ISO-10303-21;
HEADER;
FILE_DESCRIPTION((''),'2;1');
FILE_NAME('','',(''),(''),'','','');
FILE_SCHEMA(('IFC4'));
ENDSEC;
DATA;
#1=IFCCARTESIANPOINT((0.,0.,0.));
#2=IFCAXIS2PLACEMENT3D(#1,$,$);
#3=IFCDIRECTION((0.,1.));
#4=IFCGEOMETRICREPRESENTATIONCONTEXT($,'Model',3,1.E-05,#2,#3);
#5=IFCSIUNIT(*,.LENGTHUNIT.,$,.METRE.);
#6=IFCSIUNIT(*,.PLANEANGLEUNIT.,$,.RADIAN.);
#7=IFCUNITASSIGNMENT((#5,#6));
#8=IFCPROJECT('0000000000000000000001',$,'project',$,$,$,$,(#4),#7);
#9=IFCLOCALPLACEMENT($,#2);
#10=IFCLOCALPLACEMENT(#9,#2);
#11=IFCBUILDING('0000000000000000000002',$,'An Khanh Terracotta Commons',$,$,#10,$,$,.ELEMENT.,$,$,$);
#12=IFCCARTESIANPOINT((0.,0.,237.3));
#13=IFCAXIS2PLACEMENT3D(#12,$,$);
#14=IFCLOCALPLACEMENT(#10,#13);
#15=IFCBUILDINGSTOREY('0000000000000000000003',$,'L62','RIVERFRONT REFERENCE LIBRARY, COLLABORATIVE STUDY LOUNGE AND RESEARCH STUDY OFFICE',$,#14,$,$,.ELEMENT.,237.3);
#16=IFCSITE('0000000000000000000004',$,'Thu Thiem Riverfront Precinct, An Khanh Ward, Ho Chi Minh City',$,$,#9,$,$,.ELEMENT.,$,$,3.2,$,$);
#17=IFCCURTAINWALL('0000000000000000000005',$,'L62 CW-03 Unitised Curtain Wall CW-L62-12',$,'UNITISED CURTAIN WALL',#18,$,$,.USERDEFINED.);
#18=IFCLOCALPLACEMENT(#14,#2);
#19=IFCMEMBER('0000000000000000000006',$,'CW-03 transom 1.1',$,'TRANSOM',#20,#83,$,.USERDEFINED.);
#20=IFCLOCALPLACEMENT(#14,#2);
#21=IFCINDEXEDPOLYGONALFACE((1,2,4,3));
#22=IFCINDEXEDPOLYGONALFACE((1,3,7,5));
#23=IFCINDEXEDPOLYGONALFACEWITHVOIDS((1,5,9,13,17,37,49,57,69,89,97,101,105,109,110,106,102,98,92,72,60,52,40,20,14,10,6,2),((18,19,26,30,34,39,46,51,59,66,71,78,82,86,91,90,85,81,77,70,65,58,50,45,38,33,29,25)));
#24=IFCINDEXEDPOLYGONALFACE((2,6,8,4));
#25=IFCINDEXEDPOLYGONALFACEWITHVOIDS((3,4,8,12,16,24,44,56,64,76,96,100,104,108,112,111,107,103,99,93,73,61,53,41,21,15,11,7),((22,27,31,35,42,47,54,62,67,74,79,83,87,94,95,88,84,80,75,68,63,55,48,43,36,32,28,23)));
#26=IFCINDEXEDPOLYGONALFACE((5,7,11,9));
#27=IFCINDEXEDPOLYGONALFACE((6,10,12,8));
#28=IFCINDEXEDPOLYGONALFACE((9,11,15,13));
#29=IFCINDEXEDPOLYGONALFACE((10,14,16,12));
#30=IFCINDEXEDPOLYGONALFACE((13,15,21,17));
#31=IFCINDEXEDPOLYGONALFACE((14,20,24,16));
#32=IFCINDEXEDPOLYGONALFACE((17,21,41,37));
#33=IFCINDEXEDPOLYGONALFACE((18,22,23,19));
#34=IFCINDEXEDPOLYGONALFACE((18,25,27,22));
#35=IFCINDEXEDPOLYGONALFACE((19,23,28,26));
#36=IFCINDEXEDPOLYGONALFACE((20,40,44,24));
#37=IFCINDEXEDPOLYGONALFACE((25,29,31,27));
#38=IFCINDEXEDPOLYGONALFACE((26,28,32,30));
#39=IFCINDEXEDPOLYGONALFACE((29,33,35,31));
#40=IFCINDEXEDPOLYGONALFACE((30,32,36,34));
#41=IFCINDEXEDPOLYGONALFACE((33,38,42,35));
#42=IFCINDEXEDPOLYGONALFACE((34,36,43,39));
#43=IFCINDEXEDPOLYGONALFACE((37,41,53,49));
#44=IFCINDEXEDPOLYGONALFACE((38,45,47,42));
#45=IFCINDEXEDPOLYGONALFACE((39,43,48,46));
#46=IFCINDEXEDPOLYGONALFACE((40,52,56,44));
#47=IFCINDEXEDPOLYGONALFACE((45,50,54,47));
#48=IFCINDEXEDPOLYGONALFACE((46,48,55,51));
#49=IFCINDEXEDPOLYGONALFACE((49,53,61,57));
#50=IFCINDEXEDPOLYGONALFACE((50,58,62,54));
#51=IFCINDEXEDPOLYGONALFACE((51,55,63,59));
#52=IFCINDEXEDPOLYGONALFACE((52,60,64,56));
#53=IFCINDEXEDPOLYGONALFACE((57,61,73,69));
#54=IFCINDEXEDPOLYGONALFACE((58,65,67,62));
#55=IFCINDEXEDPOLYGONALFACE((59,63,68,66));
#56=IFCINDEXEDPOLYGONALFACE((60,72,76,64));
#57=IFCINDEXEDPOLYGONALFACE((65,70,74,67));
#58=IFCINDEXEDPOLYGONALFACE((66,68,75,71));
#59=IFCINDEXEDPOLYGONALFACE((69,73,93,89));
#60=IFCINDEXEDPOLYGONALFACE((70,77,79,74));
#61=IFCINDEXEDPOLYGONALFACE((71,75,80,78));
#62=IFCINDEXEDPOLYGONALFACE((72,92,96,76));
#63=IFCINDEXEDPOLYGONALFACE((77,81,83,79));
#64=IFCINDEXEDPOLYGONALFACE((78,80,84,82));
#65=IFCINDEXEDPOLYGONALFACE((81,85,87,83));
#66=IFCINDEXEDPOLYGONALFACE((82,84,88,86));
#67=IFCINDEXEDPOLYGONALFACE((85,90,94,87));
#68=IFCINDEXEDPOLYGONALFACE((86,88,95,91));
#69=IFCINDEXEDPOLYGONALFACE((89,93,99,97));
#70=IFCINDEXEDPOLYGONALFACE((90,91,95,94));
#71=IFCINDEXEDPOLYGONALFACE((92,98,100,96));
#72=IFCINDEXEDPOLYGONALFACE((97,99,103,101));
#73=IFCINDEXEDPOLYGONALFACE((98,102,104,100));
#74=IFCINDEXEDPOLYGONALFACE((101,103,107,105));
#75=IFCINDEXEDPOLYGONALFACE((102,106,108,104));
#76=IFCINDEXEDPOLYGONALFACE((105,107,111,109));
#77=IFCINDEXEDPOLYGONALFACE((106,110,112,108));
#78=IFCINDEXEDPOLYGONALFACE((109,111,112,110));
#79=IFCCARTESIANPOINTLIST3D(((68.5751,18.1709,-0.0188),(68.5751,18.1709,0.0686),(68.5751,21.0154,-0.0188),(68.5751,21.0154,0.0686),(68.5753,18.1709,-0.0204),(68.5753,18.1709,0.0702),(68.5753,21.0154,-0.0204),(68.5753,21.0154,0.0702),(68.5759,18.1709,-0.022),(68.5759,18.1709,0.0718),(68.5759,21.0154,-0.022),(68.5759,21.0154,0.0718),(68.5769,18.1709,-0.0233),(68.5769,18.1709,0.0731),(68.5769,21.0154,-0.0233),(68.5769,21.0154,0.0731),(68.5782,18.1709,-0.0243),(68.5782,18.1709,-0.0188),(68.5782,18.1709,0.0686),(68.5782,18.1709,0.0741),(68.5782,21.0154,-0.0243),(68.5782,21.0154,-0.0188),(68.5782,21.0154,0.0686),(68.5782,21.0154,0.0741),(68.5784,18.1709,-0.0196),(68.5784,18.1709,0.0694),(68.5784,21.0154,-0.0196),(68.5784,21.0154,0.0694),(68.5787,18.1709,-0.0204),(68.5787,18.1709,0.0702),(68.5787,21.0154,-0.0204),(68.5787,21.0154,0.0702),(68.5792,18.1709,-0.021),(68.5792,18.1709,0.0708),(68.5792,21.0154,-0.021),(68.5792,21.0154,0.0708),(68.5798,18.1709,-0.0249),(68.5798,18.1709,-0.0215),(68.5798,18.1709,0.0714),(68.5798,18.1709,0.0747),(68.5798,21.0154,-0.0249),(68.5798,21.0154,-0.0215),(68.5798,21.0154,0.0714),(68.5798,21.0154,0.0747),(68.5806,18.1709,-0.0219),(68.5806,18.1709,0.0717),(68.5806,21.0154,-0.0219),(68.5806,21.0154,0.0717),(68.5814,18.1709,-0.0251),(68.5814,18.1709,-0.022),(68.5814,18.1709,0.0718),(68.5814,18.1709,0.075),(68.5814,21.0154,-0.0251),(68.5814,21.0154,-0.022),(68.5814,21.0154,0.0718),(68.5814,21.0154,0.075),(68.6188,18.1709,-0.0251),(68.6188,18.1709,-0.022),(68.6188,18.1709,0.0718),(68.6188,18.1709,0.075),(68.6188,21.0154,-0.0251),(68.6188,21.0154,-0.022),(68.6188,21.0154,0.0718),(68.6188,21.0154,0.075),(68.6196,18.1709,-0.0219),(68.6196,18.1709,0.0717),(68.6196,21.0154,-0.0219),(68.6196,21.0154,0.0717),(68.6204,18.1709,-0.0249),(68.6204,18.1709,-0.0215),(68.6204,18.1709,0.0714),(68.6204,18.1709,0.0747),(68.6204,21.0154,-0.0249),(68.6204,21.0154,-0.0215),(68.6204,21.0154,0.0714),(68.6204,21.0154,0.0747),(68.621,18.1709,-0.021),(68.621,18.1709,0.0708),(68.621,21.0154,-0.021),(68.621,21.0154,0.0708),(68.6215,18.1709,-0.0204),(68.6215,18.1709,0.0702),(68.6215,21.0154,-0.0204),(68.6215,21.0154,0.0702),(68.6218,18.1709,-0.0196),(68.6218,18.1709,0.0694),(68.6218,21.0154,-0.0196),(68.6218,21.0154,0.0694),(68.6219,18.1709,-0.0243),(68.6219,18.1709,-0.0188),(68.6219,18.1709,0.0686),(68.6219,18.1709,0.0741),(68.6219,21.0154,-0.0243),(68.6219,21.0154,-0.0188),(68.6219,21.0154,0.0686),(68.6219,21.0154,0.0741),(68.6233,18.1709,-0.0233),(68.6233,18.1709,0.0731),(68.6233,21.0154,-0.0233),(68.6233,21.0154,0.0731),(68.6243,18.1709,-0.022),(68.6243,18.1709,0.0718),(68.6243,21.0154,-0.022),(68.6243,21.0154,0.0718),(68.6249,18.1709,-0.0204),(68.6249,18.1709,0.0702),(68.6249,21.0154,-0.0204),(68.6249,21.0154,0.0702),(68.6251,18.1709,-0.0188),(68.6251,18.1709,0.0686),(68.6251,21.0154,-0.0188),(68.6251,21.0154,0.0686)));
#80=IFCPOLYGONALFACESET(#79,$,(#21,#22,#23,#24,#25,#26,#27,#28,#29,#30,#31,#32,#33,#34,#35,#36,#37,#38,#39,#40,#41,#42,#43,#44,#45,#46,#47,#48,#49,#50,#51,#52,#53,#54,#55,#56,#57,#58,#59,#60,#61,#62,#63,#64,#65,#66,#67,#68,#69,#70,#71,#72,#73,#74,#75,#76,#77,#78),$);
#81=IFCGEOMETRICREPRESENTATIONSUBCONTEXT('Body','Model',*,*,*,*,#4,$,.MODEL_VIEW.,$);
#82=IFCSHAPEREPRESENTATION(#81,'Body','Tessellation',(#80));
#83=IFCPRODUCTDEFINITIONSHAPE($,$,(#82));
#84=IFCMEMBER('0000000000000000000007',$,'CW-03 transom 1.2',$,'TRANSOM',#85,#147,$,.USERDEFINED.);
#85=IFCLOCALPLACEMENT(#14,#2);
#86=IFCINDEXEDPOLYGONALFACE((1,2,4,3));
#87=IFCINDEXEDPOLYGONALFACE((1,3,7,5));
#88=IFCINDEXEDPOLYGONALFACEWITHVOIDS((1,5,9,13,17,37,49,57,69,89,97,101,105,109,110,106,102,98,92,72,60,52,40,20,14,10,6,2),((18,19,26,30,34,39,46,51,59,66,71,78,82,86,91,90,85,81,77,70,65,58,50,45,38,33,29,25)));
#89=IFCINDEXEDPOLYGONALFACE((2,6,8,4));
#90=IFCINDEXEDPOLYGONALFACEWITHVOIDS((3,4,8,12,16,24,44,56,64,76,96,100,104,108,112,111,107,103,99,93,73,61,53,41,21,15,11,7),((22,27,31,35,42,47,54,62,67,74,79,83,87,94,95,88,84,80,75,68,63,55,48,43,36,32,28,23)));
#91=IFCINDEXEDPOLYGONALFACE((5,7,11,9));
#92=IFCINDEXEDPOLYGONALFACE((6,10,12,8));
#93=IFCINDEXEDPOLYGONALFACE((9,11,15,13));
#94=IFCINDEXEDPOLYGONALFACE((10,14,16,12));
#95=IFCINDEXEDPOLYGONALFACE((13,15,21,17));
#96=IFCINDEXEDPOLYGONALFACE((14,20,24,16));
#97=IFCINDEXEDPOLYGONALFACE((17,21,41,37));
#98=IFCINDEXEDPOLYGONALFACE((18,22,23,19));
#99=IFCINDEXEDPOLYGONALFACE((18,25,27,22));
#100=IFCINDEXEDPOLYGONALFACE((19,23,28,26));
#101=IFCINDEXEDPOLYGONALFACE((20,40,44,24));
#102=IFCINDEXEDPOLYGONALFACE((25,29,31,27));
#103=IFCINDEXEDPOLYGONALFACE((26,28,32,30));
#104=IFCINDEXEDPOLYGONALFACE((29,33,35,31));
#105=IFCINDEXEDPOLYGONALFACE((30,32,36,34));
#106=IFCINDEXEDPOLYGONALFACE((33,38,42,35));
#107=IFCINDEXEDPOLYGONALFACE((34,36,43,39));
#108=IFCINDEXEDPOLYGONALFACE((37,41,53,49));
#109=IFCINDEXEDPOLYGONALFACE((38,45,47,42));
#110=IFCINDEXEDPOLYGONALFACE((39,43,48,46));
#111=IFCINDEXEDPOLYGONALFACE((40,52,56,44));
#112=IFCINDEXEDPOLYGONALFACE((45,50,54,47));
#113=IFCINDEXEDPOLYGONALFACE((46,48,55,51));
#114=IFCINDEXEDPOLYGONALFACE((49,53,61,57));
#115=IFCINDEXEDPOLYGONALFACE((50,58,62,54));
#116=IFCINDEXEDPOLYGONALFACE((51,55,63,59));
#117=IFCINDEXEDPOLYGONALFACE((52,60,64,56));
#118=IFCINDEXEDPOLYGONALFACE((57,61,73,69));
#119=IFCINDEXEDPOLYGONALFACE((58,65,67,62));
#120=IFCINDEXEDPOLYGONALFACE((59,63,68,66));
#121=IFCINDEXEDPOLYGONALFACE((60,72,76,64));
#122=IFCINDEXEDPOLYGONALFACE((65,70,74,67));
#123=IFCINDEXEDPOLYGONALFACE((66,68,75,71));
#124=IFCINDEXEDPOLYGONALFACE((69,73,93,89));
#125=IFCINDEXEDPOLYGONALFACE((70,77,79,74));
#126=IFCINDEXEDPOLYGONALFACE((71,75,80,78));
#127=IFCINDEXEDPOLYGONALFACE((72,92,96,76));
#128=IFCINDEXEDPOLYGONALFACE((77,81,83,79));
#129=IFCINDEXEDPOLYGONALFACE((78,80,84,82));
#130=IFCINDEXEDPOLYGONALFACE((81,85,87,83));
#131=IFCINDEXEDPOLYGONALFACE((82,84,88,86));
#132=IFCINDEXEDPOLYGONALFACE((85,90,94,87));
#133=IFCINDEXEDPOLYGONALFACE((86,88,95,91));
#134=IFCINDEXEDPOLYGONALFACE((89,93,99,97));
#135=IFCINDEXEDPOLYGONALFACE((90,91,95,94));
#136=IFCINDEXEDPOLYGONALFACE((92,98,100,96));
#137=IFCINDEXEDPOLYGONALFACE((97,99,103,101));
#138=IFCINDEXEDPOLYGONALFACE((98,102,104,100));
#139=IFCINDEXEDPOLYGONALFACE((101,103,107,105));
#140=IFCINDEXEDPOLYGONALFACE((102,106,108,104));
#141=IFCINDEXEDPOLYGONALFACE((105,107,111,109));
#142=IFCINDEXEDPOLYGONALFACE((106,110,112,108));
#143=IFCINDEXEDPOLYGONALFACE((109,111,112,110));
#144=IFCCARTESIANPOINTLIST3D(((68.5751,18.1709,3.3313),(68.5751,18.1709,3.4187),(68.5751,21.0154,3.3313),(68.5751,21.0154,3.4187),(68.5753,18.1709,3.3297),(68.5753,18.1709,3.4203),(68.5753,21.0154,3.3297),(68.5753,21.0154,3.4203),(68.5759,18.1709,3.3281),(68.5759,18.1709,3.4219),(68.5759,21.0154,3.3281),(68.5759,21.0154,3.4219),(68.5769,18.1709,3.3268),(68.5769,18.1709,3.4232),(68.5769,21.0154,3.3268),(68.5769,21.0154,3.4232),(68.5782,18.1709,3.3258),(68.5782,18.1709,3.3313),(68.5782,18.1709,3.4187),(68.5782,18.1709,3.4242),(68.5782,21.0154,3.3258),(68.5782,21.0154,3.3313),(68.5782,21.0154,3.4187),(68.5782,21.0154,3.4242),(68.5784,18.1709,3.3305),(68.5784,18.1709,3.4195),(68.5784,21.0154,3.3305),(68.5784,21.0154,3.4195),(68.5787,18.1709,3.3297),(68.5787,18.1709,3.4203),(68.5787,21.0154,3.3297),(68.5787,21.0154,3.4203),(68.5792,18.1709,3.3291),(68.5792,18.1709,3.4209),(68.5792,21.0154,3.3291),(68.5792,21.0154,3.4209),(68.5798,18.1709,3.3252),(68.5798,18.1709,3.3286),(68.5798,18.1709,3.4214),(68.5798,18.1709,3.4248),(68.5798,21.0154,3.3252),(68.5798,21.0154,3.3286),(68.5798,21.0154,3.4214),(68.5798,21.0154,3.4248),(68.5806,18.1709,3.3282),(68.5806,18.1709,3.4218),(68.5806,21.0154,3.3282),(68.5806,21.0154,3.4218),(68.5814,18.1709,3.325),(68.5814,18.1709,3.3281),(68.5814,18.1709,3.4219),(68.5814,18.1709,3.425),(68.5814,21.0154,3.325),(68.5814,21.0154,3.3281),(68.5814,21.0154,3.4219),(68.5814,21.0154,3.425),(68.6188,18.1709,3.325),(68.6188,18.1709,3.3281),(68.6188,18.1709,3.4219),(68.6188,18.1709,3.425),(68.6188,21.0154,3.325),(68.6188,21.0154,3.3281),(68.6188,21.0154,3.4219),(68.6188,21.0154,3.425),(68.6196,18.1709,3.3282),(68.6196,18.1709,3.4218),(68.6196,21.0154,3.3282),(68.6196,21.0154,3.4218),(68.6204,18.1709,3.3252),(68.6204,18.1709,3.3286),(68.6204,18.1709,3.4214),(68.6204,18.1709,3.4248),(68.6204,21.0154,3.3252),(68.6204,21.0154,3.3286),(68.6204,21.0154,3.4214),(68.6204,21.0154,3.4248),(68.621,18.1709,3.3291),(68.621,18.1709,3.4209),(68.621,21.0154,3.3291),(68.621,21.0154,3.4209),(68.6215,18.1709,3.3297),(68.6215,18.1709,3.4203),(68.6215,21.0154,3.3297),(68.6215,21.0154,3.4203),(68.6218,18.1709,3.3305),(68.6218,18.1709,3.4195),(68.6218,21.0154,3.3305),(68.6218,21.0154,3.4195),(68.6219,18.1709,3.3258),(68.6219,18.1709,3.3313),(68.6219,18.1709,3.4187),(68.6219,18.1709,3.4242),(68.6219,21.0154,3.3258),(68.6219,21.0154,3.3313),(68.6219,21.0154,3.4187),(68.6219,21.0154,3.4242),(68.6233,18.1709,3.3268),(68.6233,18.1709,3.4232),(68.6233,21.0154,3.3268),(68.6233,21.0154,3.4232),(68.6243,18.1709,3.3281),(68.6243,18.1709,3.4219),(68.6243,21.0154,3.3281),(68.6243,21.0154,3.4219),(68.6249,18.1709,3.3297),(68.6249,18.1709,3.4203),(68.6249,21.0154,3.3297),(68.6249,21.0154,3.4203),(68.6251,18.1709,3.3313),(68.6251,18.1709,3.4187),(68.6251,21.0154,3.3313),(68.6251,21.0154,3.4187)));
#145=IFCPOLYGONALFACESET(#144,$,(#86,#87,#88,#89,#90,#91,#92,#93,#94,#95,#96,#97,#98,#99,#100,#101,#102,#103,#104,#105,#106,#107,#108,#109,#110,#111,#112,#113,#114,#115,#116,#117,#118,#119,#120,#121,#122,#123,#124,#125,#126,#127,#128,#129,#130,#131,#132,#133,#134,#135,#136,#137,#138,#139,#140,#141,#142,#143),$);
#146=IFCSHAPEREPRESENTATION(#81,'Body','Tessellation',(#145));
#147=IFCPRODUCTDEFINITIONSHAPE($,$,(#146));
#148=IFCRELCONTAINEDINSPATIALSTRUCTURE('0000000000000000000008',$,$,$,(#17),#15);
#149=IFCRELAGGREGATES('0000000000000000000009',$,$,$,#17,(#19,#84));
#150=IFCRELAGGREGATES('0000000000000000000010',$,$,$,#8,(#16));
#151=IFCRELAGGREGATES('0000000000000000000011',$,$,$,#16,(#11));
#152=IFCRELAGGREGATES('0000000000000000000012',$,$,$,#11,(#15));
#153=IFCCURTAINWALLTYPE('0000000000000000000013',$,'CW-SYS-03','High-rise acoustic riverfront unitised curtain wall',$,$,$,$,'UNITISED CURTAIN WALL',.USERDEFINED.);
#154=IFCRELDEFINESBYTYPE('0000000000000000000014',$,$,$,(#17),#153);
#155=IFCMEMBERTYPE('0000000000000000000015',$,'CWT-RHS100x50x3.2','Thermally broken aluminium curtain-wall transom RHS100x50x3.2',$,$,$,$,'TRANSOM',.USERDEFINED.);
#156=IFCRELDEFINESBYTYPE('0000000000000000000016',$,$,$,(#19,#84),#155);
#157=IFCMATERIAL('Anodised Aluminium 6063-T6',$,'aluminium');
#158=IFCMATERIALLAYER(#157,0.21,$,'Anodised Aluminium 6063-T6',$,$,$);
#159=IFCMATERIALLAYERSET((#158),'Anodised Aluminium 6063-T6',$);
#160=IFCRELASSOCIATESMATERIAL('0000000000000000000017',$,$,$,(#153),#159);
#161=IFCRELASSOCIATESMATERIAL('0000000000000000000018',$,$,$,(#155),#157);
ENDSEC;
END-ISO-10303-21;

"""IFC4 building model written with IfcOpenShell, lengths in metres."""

from ifc_helpers import new_model, si_unit, direction, frame, origin, origin_2d, place, context, subcontext, project, spatial, hollow_rectangle, extrude, material, layer, layer_set, material_profile, profile_set, type_object, element, aggregate, save


model = new_model("IFC4")

# Units and contexts
model_context = context("Model", 3, precision=1e-05, world=origin(), true_north=direction((0.0, 1.0)))
body_context = subcontext(model_context, "Body", "Model", "MODEL_VIEW")
ifc_project = project(units=[si_unit("LENGTHUNIT", "METRE"), si_unit("PLANEANGLEUNIT", "RADIAN")], contexts=[model_context])

# Site, building, storey
site_placement = place(None, origin())
site = spatial("IfcSite", under=ifc_project, at=site_placement, Name="Thu Thiem Riverfront Precinct, An Khanh Ward, Ho Chi Minh City", CompositionType="ELEMENT", RefElevation=3.2)
building_placement = place(site_placement, origin())
building = spatial("IfcBuilding", under=site, at=building_placement, Name="An Khanh Terracotta Commons", CompositionType="ELEMENT")
storey_placement = place(building_placement, frame((0.0, 0.0, 237.3)))
storey = spatial("IfcBuildingStorey", under=building, at=storey_placement, Name="L62", Description="RIVERFRONT REFERENCE LIBRARY, COLLABORATIVE STUDY LOUNGE AND RESEARCH STUDY OFFICE", CompositionType="ELEMENT", Elevation=237.3)

# Curtain wall
ifc_material_1 = material(Name="Anodised Aluminium 6063-T6", Category="aluminium")
ifc_layer_1 = layer(ifc_material_1, 0.21, Name="Anodised Aluminium 6063-T6")
ifc_layer_set_1 = layer_set([ifc_layer_1], Name="Anodised Aluminium 6063-T6")
curtain_wall_type = type_object("IfcCurtainWallType", Name="CW-SYS-03", Description="High-rise acoustic riverfront unitised curtain wall", ElementType="UNITISED CURTAIN WALL", PredefinedType="USERDEFINED", material=ifc_layer_set_1)
curtain_wall_1_placement = place(storey_placement, origin())
curtain_wall_1 = element("IfcCurtainWall", 1, at=curtain_wall_1_placement, inside=storey, type_object=curtain_wall_type, Name="L62 CW-03 Unitised Curtain Wall CW-L62-12", ObjectType="UNITISED CURTAIN WALL", PredefinedType="USERDEFINED")

# Members
ifc_material_profile_1 = material_profile(ifc_material_1, hollow_rectangle(XDim=0.05, YDim=0.1001, WallThickness=0.0032, InnerFilletRadius=0.0032, OuterFilletRadius=0.0063, at=origin_2d()), Name="RHS100x50x3.2")
ifc_profile_set_1 = profile_set([ifc_material_profile_1], Name="Anodised Aluminium 6063-T6")
member_type_1 = type_object("IfcMemberType", Name="CWT-RHS100x50x3.2", Description="Thermally broken aluminium curtain-wall transom RHS100x50x3.2", ElementType="TRANSOM", PredefinedType="USERDEFINED", material=ifc_profile_set_1)
member_1_placement = place(storey_placement, frame((68.6001, 18.1709, 0.0249), z_axis=(0.0, 1.0, 0.0), x_axis=(-1.0, 0.0, 0.0)))
member_1 = element("IfcMember", 2, at=member_1_placement, type_object=member_type_1, Name="CW-03 transom 1.1", ObjectType="TRANSOM", PredefinedType="USERDEFINED", context=body_context, shape_type="SweptSolid", body=[
    extrude(hollow_rectangle(XDim=0.05, YDim=0.1001, WallThickness=0.0032, InnerFilletRadius=0.0032, OuterFilletRadius=0.0063, at=origin_2d()), origin(), (0.0, 0.0, 1.0), 2.8445),
])
member_2_placement = place(storey_placement, frame((68.6001, 18.1709, 3.375), z_axis=(0.0, 1.0, 0.0), x_axis=(-1.0, 0.0, 0.0)))
member_2 = element("IfcMember", 3, at=member_2_placement, type_object=member_type_1, Name="CW-03 transom 1.2", ObjectType="TRANSOM", PredefinedType="USERDEFINED", context=body_context, shape_type="SweptSolid", body=[
    extrude(hollow_rectangle(XDim=0.05, YDim=0.1001, WallThickness=0.0032, InnerFilletRadius=0.0032, OuterFilletRadius=0.0063, at=origin_2d()), origin(), (0.0, 0.0, 1.0), 2.8445),
])

aggregate(curtain_wall_1, [member_1, member_2])

save(model, "model.ifc")
